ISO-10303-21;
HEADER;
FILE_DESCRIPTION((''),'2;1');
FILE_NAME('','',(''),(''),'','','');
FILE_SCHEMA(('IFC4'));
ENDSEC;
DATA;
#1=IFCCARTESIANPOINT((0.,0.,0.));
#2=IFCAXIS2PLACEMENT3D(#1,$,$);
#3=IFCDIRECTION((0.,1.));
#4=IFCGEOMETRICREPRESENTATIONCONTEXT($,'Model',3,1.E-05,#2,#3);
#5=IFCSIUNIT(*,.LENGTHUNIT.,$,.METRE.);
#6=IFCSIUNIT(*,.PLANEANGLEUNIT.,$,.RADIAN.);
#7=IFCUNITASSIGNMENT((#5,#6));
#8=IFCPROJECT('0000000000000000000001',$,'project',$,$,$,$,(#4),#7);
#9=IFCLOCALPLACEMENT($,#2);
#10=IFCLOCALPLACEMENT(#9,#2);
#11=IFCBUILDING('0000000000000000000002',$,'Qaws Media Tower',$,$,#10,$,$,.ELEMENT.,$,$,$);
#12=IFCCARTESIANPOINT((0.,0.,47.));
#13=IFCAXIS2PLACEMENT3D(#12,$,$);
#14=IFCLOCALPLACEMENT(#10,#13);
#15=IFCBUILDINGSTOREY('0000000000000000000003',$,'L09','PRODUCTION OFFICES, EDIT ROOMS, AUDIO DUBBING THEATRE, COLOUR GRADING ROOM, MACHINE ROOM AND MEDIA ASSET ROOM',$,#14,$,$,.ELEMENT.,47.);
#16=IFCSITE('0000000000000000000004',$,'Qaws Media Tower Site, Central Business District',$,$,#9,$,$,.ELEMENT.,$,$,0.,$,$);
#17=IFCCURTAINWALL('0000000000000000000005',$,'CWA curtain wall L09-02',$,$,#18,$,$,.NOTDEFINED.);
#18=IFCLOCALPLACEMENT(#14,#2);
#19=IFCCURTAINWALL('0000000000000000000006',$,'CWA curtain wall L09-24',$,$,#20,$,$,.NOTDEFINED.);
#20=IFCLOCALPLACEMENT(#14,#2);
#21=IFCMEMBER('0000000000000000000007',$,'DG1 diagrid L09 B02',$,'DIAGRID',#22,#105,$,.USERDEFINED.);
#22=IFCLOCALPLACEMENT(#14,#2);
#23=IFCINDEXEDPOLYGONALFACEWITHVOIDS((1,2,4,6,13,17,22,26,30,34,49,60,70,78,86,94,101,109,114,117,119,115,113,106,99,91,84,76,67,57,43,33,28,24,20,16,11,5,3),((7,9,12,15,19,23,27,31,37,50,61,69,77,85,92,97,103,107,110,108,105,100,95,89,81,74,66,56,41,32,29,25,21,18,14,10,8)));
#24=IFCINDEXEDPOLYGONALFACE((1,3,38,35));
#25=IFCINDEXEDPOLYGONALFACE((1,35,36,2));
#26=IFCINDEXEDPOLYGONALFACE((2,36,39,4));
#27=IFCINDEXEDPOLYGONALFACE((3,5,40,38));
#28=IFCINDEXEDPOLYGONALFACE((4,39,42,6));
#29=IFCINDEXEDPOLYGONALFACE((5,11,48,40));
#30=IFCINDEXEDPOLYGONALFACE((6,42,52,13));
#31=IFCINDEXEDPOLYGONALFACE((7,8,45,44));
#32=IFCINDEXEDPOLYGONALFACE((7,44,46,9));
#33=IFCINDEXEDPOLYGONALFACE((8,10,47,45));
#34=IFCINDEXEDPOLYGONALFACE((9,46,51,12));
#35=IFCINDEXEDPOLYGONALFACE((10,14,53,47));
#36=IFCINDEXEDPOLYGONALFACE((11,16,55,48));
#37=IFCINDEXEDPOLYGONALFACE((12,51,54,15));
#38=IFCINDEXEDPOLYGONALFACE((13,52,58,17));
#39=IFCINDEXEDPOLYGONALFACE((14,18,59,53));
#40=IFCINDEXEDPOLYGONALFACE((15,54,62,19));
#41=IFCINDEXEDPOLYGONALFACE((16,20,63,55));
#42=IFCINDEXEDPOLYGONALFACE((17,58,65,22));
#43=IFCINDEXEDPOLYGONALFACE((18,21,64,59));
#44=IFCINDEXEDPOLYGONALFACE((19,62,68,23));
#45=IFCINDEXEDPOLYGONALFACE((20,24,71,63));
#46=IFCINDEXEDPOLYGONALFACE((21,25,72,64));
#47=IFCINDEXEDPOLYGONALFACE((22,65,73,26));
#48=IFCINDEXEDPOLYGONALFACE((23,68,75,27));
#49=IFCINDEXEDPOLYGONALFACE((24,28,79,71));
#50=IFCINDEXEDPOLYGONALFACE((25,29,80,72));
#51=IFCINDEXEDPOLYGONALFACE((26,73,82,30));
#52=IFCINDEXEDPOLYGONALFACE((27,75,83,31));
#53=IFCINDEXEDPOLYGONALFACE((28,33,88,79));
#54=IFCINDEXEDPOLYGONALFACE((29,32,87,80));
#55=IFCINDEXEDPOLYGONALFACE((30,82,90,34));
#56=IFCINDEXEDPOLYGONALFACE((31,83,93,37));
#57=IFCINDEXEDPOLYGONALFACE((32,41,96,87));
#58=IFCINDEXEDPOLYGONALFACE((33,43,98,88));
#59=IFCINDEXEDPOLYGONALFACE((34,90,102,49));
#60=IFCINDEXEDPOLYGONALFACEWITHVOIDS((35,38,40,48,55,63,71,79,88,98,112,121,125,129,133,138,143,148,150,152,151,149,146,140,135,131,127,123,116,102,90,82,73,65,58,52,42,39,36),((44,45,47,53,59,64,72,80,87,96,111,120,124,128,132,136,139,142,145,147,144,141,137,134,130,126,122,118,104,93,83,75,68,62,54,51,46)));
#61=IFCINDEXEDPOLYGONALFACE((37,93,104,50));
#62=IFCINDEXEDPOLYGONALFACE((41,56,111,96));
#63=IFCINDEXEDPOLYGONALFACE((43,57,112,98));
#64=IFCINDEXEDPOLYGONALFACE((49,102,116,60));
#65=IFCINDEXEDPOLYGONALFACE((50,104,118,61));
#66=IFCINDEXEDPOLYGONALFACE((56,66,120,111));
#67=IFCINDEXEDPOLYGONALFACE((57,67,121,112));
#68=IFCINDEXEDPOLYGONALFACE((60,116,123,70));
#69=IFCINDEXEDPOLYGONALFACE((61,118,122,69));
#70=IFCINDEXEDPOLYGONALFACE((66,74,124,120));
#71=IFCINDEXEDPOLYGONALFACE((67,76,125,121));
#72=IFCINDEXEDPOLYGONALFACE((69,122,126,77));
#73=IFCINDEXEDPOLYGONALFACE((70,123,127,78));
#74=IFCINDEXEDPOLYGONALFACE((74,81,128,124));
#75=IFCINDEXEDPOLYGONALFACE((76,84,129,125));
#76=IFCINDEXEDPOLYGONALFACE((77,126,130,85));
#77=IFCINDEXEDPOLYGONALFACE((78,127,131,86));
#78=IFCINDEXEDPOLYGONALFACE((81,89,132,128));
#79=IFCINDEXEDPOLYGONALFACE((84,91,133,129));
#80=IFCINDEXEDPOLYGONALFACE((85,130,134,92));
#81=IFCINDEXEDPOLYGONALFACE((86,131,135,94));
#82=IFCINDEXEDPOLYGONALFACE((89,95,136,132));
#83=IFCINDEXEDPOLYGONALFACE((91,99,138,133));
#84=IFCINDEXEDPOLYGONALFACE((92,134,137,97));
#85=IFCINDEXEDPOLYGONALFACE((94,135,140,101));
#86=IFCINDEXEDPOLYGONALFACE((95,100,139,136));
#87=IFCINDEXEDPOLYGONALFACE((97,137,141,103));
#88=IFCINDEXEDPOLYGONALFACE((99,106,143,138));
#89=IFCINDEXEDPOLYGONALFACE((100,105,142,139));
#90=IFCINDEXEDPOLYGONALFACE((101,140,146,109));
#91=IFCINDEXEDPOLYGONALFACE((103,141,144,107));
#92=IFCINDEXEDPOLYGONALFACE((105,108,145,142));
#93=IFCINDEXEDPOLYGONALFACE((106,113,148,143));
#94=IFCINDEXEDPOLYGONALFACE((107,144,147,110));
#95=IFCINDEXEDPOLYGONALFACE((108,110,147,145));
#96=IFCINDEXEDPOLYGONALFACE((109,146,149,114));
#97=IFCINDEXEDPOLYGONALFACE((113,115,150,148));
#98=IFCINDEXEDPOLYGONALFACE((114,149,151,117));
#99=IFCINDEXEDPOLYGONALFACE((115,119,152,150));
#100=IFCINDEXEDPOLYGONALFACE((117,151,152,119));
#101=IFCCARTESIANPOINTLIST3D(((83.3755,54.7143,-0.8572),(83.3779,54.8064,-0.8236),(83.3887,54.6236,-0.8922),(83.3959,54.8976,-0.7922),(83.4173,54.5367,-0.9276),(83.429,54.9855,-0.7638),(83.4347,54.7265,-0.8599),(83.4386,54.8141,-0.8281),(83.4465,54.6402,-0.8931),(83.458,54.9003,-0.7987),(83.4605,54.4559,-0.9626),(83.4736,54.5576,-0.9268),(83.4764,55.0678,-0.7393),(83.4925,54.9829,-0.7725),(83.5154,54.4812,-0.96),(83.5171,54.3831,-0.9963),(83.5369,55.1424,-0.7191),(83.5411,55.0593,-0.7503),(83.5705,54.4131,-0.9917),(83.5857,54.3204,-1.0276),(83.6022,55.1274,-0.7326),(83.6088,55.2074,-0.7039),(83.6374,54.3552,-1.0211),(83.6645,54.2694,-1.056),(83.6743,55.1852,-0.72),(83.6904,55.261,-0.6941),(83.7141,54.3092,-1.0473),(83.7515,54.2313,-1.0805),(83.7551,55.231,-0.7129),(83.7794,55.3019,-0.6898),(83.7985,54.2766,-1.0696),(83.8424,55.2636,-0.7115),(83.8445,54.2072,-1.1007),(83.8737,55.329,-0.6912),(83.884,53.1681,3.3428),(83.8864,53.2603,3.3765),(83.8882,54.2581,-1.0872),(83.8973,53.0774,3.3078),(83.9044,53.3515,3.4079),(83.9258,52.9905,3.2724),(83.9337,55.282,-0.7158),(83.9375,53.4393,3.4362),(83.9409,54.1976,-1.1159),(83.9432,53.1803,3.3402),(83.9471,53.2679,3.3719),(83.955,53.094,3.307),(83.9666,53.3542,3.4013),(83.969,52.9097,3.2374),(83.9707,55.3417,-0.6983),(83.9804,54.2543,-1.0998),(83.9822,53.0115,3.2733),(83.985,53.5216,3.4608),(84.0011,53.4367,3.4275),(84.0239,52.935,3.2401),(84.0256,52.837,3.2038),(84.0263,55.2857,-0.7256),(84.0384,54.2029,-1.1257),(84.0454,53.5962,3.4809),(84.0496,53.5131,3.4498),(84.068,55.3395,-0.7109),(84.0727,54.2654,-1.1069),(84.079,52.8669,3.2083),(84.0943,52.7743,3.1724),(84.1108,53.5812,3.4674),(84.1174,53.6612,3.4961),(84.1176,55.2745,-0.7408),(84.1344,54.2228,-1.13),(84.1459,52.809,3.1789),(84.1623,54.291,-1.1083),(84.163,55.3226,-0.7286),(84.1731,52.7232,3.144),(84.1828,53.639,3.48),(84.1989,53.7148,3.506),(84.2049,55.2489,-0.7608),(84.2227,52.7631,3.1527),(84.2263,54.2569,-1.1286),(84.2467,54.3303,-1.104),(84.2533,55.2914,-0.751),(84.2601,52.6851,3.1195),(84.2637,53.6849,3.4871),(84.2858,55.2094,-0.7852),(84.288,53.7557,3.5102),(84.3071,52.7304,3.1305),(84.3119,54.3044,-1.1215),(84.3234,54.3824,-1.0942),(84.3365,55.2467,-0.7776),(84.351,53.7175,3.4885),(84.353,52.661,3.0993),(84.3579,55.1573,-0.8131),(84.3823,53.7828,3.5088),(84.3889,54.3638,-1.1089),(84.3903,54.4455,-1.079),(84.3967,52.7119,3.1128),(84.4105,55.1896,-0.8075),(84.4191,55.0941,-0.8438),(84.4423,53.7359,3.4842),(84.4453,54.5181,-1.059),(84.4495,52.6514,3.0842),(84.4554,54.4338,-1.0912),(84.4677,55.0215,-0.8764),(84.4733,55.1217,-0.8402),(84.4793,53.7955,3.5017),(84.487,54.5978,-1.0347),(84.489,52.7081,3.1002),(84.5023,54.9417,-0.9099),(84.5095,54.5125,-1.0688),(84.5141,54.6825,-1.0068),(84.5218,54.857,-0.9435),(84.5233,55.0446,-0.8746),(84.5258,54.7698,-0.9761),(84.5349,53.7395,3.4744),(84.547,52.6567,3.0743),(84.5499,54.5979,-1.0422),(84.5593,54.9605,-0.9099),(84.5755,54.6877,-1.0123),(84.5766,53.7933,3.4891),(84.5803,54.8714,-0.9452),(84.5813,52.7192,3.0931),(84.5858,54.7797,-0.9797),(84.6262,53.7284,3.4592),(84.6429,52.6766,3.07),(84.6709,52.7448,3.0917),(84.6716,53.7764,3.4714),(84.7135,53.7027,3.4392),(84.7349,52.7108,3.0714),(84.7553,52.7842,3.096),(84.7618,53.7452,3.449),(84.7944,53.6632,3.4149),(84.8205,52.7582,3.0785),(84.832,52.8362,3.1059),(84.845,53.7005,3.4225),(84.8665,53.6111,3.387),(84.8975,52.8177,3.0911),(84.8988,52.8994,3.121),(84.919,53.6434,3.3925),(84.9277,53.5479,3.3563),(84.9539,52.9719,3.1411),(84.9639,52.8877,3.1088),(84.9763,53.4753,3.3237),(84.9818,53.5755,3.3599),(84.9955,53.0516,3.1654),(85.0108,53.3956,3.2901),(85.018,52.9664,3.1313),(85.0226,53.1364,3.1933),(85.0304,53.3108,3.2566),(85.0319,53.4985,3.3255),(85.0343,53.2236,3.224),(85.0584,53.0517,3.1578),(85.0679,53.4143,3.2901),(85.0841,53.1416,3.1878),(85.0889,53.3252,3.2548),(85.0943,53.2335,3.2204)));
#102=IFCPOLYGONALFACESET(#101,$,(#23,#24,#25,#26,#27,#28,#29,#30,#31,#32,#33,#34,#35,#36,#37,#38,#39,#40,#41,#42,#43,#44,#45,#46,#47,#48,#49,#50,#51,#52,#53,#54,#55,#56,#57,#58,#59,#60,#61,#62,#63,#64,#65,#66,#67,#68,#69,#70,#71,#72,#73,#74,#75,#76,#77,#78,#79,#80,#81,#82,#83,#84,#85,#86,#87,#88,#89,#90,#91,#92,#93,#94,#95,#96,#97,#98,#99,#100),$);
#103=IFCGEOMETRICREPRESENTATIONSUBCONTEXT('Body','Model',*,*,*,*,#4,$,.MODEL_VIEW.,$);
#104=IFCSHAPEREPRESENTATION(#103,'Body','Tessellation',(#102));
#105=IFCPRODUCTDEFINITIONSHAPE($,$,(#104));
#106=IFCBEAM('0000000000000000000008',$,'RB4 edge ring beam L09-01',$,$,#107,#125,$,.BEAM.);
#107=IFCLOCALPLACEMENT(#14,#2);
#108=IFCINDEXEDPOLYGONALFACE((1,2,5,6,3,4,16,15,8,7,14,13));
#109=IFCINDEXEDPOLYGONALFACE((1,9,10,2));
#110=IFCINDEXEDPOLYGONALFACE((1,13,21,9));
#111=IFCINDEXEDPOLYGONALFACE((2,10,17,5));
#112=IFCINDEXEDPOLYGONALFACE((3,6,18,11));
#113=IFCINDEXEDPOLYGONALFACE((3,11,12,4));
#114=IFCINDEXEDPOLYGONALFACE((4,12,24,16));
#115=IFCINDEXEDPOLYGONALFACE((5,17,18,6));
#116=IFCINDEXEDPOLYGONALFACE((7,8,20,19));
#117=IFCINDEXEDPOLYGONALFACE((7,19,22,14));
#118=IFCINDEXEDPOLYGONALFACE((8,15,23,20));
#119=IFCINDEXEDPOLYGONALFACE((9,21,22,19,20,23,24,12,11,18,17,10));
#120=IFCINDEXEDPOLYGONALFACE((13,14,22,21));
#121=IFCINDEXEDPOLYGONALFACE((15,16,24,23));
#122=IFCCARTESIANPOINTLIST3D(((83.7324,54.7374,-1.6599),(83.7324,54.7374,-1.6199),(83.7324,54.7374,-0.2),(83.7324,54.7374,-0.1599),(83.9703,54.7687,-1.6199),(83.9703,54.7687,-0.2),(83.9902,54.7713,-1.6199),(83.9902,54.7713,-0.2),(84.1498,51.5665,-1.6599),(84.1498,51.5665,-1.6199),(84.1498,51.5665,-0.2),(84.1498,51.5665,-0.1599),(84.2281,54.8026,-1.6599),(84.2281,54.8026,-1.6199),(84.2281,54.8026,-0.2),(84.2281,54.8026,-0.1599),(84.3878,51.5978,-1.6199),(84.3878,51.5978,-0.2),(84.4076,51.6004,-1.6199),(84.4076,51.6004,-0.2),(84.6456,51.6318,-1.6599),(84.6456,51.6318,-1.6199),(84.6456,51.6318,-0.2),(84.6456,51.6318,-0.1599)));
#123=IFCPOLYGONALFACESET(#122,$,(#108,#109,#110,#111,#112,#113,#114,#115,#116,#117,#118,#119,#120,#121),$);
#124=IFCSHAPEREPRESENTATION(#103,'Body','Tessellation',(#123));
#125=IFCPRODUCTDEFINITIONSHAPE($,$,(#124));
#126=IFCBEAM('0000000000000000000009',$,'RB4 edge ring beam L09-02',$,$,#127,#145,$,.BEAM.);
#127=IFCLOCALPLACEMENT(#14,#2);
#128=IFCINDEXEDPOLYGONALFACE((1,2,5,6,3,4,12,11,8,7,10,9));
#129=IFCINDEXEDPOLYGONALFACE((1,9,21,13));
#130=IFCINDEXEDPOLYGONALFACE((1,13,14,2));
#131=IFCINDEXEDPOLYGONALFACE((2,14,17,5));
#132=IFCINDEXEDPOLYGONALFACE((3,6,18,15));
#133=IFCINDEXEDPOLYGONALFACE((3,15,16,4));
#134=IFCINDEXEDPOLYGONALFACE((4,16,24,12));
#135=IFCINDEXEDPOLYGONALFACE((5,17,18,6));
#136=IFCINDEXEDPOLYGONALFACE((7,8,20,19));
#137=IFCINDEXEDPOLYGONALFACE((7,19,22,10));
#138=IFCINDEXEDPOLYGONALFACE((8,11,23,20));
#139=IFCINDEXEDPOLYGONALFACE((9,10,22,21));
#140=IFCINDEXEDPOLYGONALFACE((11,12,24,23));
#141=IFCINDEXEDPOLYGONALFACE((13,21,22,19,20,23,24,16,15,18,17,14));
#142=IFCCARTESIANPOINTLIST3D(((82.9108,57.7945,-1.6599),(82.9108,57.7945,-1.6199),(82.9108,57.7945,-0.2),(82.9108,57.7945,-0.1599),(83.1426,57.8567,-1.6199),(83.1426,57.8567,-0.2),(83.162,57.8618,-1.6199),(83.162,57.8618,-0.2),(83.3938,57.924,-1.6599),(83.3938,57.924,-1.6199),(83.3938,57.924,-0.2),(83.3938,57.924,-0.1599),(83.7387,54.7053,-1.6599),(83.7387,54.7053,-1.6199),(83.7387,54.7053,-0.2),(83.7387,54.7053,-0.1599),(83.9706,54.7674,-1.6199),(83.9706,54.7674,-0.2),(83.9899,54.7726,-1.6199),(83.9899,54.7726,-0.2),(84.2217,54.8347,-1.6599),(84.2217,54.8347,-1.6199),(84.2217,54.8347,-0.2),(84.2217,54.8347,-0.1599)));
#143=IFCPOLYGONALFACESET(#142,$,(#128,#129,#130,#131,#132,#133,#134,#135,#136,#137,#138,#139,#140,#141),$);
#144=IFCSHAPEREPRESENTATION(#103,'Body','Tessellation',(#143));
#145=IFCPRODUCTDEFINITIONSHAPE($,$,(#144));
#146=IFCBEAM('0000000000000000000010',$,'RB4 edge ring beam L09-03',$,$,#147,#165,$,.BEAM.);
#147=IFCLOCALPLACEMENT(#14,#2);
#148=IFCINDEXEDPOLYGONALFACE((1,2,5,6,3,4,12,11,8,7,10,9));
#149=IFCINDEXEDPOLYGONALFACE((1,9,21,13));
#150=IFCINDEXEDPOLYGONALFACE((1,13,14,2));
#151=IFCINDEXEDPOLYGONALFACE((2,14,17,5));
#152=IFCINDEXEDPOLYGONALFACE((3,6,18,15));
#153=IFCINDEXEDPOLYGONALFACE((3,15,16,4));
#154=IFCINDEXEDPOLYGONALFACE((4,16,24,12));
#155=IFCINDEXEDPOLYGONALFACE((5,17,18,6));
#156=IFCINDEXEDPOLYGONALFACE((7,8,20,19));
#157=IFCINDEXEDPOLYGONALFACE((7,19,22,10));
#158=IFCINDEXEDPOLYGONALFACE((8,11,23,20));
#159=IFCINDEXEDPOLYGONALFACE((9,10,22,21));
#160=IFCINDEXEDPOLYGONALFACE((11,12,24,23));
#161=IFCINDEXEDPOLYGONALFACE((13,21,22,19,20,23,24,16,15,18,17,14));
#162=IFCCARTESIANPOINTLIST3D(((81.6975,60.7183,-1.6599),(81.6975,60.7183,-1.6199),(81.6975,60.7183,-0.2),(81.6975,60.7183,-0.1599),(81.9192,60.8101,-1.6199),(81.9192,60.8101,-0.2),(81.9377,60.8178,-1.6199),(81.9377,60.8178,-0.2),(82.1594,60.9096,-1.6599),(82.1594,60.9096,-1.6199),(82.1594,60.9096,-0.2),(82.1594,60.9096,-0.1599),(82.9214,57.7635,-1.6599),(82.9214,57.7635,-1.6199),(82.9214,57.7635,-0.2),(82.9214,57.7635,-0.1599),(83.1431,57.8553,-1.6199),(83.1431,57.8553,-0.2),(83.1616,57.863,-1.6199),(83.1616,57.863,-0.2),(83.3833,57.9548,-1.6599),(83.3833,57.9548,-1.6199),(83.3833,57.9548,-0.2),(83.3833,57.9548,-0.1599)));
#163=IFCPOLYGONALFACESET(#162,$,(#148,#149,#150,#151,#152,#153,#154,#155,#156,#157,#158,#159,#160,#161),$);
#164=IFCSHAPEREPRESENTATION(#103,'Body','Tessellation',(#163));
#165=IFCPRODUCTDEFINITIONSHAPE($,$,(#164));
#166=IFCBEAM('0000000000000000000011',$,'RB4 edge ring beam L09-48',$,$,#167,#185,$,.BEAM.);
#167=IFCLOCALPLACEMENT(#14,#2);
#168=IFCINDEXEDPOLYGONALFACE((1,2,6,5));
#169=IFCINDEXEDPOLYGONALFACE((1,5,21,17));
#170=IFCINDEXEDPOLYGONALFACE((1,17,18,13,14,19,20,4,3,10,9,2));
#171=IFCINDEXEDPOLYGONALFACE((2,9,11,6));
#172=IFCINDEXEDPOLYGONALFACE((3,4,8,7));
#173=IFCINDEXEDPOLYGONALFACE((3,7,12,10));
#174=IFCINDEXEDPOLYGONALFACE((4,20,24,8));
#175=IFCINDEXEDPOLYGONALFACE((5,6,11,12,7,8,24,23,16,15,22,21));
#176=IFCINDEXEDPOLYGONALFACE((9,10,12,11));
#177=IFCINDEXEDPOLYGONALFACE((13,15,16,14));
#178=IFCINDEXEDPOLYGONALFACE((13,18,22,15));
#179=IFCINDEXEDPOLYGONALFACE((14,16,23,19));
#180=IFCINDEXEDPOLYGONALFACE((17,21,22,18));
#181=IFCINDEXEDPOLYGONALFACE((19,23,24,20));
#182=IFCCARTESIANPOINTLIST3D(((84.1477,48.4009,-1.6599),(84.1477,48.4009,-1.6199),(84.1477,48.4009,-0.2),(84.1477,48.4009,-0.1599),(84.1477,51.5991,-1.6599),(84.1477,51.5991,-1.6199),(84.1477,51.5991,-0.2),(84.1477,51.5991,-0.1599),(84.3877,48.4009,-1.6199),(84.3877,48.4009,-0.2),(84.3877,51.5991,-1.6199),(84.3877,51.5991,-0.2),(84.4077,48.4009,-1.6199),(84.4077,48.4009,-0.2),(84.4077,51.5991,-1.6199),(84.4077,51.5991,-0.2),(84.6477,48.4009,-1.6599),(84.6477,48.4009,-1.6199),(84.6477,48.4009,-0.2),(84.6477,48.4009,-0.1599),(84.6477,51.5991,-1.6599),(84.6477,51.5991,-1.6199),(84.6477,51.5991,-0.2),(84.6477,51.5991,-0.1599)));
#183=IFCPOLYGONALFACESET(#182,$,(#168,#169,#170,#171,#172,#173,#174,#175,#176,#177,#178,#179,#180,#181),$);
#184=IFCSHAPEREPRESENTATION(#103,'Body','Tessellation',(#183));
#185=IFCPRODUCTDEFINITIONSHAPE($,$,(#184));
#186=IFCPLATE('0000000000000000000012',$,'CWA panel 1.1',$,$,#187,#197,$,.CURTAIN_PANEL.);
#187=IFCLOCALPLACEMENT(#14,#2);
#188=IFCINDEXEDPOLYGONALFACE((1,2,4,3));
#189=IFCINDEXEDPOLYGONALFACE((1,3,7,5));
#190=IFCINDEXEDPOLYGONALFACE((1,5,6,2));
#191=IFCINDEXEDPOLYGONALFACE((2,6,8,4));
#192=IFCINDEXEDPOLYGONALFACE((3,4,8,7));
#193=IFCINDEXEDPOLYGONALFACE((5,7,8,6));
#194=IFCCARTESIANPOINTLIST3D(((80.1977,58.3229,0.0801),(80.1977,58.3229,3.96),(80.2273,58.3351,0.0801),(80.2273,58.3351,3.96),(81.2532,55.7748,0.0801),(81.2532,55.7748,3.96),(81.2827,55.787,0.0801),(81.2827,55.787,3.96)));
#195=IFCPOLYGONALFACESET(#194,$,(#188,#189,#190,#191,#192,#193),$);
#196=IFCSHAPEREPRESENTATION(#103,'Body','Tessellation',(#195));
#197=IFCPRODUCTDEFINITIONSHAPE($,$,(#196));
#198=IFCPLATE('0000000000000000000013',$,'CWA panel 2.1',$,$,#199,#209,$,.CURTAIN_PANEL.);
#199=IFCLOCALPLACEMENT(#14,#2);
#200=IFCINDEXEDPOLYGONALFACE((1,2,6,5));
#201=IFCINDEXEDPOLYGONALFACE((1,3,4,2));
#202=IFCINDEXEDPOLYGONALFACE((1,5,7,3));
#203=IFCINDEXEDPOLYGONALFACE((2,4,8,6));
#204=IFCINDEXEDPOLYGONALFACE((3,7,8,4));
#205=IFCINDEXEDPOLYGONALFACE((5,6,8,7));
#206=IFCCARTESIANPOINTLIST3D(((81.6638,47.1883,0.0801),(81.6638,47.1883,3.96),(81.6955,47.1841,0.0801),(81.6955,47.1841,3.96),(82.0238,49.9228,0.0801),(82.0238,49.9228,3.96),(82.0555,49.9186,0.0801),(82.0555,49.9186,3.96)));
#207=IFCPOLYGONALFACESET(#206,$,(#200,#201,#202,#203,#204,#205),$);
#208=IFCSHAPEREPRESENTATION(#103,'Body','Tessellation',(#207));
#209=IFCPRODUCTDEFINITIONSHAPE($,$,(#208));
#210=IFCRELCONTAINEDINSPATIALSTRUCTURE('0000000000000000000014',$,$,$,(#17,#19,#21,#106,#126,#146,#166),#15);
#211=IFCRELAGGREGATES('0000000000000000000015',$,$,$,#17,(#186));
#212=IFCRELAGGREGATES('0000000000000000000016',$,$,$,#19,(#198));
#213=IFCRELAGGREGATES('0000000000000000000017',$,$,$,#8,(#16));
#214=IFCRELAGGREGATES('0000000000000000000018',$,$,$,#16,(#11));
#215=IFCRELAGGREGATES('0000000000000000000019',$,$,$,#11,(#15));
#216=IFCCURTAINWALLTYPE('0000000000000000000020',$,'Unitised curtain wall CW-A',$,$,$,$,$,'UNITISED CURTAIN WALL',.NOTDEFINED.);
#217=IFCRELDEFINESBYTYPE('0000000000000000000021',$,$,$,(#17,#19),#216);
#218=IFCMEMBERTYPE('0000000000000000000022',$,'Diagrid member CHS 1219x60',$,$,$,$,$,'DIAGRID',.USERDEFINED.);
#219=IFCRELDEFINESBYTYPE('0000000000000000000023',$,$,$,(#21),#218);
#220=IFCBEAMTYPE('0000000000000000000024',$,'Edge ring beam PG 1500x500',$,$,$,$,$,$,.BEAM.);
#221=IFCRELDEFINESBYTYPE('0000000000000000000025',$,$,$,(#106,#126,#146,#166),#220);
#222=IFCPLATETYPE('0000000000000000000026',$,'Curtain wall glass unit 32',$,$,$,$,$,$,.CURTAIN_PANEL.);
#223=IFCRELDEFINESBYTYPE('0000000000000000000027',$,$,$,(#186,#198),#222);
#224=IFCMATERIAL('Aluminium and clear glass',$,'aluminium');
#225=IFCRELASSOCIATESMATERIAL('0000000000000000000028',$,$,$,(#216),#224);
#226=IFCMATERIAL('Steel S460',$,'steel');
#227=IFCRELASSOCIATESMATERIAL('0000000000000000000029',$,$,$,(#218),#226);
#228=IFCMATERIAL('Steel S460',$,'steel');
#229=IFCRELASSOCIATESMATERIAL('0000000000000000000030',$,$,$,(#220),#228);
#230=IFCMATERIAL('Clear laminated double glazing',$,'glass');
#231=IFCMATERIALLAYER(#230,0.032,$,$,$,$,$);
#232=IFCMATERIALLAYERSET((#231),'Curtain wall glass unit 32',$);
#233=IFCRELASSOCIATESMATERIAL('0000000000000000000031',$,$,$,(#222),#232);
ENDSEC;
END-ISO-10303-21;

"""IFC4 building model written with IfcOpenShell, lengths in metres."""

from ifc_helpers import new_model, si_unit, direction, frame, origin, origin_2d, place, context, subcontext, project, spatial, rectangle, hollow_circle, i_section, extrude, material, layer, layer_set, material_profile, profile_set, type_object, element, aggregate, save


model = new_model("IFC4")

# Units and contexts
model_context = context("Model", 3, precision=1e-05, world=origin(), true_north=direction((0.0, 1.0)))
body_context = subcontext(model_context, "Body", "Model", "MODEL_VIEW")
ifc_project = project(units=[si_unit("LENGTHUNIT", "METRE"), si_unit("PLANEANGLEUNIT", "RADIAN")], contexts=[model_context])

# Site, building, storey
site_placement = place(None, origin())
site = spatial("IfcSite", under=ifc_project, at=site_placement, Name="Qaws Media Tower Site, Central Business District", CompositionType="ELEMENT", RefElevation=0.0)
building_placement = place(site_placement, origin())
building = spatial("IfcBuilding", under=site, at=building_placement, Name="Qaws Media Tower", CompositionType="ELEMENT")
storey_placement = place(building_placement, frame((0.0, 0.0, 47.0)))
storey = spatial("IfcBuildingStorey", under=building, at=storey_placement, Name="L09", Description="PRODUCTION OFFICES, EDIT ROOMS, AUDIO DUBBING THEATRE, COLOUR GRADING ROOM, MACHINE ROOM AND MEDIA ASSET ROOM", CompositionType="ELEMENT", Elevation=47.0)

# Curtain walls
ifc_material_1 = material(Name="Aluminium and clear glass", Category="aluminium")
curtain_wall_type = type_object("IfcCurtainWallType", Name="Unitised curtain wall CW-A", ElementType="UNITISED CURTAIN WALL", PredefinedType="NOTDEFINED", material=ifc_material_1)
curtain_wall_1_placement = place(storey_placement, origin())
curtain_wall_1 = element("IfcCurtainWall", 1, at=curtain_wall_1_placement, inside=storey, type_object=curtain_wall_type, Name="CWA curtain wall L09-02", PredefinedType="NOTDEFINED")
curtain_wall_2_placement = place(storey_placement, origin())
curtain_wall_2 = element("IfcCurtainWall", 2, at=curtain_wall_2_placement, inside=storey, type_object=curtain_wall_type, Name="CWA curtain wall L09-24", PredefinedType="NOTDEFINED")

# Member
ifc_material_2 = material(Name="Steel S460", Category="steel")
ifc_material_profile_1 = material_profile(ifc_material_2, hollow_circle(Radius=0.6096, WallThickness=0.0601, at=origin_2d()), Name="CHS 1219x60")
ifc_profile_set_1 = profile_set([ifc_material_profile_1], Name="Steel S460")
member_type_1 = type_object("IfcMemberType", Name="Diagrid member CHS 1219x60", ElementType="DIAGRID", PredefinedType="USERDEFINED", material=ifc_profile_set_1)
for number, where, z_axis, x_axis, name in (
    (3, (83.9802, 54.77, -0.9099), (0.112902, -0.343259, 0.93243), (0.949936, 0.312445, 0.0), "DG1 diagrid L09 B02"),
):
    element("IfcMember", number, at=place(storey_placement, frame(where, z_axis=z_axis, x_axis=x_axis)), inside=storey, type_object=member_type_1, Name=name, ObjectType="DIAGRID", PredefinedType="USERDEFINED", context=body_context, shape_type="SweptSolid", body=[
        extrude(hollow_circle(Radius=0.6096, WallThickness=0.0601, at=origin_2d()), origin(), (0.0, 0.0, 1.0), 4.5044),
    ])

# Beams
ifc_material_3 = material(Name="Steel S460", Category="steel")
ifc_material_profile_2 = material_profile(ifc_material_3, i_section(OverallWidth=0.5, OverallDepth=1.5, WebThickness=0.02, FlangeThickness=0.04, at=origin_2d()), Name="PG 1500x500")
ifc_profile_set_2 = profile_set([ifc_material_profile_2], Name="Steel S460")
beam_type = type_object("IfcBeamType", Name="Edge ring beam PG 1500x500", PredefinedType="BEAM", material=ifc_profile_set_2)
for number, where, z_axis, x_axis, name in (
    (4, (84.3977, 51.5991, -0.9099), (-0.130533, 0.991444, 0.0), (-0.991444, -0.130533, 0.0), "RB4 edge ring beam L09-01"),
    (5, (83.9802, 54.77, -0.9099), (-0.258865, 0.965914, 0.0), (-0.965914, -0.258865, 0.0), "RB4 edge ring beam L09-02"),
    (6, (83.1523, 57.8591, -0.9099), (-0.382669, 0.923886, 0.0), (-0.923886, -0.382669, 0.0), "RB4 edge ring beam L09-03"),
    (7, (84.3977, 48.4009, -0.9099), (0.0, 1.0, 0.0), (-1.0, 0.0, 0.0), "RB4 edge ring beam L09-48"),
):
    element("IfcBeam", number, at=place(storey_placement, frame(where, z_axis=z_axis, x_axis=x_axis)), inside=storey, type_object=beam_type, Name=name, PredefinedType="BEAM", context=body_context, shape_type="SweptSolid", body=[
        extrude(i_section(OverallWidth=0.5, OverallDepth=1.5, WebThickness=0.02, FlangeThickness=0.04, at=origin_2d()), origin(), (0.0, 0.0, 1.0), 3.1982),
    ])

# Plates
ifc_material_4 = material(Name="Clear laminated double glazing", Category="glass")
ifc_layer_1 = layer(ifc_material_4, 0.032)
ifc_layer_set_1 = layer_set([ifc_layer_1], Name="Curtain wall glass unit 32")
plate_type_1 = type_object("IfcPlateType", Name="Curtain wall glass unit 32", PredefinedType="CURTAIN_PANEL", material=ifc_layer_set_1)
plate_1_placement = place(storey_placement, frame((80.7402, 57.0549, 0.0801), z_axis=(0.0, 0.0, 1.0), x_axis=(-0.382683, 0.92388, 0.0)))
plate_1 = element("IfcPlate", 8, at=plate_1_placement, type_object=plate_type_1, Name="CWA panel 1.1", PredefinedType="CURTAIN_PANEL", context=body_context, shape_type="SweptSolid", body=[
    extrude(rectangle(XDim=2.7581, YDim=0.032, at=origin_2d()), origin(), (0.0, 0.0, 1.0), 3.8799),
])
aggregate(curtain_wall_1, [plate_1])
plate_2_placement = place(storey_placement, frame((81.8596, 48.5535, 0.0801), z_axis=(0.0, 0.0, 1.0), x_axis=(0.130526, 0.991445, 0.0)))
plate_2 = element("IfcPlate", 9, at=plate_2_placement, type_object=plate_type_1, Name="CWA panel 2.1", PredefinedType="CURTAIN_PANEL", context=body_context, shape_type="SweptSolid", body=[
    extrude(rectangle(XDim=2.7581, YDim=0.032, at=origin_2d()), origin(), (0.0, 0.0, 1.0), 3.8799),
])
aggregate(curtain_wall_2, [plate_2])

save(model, "model.ifc")
